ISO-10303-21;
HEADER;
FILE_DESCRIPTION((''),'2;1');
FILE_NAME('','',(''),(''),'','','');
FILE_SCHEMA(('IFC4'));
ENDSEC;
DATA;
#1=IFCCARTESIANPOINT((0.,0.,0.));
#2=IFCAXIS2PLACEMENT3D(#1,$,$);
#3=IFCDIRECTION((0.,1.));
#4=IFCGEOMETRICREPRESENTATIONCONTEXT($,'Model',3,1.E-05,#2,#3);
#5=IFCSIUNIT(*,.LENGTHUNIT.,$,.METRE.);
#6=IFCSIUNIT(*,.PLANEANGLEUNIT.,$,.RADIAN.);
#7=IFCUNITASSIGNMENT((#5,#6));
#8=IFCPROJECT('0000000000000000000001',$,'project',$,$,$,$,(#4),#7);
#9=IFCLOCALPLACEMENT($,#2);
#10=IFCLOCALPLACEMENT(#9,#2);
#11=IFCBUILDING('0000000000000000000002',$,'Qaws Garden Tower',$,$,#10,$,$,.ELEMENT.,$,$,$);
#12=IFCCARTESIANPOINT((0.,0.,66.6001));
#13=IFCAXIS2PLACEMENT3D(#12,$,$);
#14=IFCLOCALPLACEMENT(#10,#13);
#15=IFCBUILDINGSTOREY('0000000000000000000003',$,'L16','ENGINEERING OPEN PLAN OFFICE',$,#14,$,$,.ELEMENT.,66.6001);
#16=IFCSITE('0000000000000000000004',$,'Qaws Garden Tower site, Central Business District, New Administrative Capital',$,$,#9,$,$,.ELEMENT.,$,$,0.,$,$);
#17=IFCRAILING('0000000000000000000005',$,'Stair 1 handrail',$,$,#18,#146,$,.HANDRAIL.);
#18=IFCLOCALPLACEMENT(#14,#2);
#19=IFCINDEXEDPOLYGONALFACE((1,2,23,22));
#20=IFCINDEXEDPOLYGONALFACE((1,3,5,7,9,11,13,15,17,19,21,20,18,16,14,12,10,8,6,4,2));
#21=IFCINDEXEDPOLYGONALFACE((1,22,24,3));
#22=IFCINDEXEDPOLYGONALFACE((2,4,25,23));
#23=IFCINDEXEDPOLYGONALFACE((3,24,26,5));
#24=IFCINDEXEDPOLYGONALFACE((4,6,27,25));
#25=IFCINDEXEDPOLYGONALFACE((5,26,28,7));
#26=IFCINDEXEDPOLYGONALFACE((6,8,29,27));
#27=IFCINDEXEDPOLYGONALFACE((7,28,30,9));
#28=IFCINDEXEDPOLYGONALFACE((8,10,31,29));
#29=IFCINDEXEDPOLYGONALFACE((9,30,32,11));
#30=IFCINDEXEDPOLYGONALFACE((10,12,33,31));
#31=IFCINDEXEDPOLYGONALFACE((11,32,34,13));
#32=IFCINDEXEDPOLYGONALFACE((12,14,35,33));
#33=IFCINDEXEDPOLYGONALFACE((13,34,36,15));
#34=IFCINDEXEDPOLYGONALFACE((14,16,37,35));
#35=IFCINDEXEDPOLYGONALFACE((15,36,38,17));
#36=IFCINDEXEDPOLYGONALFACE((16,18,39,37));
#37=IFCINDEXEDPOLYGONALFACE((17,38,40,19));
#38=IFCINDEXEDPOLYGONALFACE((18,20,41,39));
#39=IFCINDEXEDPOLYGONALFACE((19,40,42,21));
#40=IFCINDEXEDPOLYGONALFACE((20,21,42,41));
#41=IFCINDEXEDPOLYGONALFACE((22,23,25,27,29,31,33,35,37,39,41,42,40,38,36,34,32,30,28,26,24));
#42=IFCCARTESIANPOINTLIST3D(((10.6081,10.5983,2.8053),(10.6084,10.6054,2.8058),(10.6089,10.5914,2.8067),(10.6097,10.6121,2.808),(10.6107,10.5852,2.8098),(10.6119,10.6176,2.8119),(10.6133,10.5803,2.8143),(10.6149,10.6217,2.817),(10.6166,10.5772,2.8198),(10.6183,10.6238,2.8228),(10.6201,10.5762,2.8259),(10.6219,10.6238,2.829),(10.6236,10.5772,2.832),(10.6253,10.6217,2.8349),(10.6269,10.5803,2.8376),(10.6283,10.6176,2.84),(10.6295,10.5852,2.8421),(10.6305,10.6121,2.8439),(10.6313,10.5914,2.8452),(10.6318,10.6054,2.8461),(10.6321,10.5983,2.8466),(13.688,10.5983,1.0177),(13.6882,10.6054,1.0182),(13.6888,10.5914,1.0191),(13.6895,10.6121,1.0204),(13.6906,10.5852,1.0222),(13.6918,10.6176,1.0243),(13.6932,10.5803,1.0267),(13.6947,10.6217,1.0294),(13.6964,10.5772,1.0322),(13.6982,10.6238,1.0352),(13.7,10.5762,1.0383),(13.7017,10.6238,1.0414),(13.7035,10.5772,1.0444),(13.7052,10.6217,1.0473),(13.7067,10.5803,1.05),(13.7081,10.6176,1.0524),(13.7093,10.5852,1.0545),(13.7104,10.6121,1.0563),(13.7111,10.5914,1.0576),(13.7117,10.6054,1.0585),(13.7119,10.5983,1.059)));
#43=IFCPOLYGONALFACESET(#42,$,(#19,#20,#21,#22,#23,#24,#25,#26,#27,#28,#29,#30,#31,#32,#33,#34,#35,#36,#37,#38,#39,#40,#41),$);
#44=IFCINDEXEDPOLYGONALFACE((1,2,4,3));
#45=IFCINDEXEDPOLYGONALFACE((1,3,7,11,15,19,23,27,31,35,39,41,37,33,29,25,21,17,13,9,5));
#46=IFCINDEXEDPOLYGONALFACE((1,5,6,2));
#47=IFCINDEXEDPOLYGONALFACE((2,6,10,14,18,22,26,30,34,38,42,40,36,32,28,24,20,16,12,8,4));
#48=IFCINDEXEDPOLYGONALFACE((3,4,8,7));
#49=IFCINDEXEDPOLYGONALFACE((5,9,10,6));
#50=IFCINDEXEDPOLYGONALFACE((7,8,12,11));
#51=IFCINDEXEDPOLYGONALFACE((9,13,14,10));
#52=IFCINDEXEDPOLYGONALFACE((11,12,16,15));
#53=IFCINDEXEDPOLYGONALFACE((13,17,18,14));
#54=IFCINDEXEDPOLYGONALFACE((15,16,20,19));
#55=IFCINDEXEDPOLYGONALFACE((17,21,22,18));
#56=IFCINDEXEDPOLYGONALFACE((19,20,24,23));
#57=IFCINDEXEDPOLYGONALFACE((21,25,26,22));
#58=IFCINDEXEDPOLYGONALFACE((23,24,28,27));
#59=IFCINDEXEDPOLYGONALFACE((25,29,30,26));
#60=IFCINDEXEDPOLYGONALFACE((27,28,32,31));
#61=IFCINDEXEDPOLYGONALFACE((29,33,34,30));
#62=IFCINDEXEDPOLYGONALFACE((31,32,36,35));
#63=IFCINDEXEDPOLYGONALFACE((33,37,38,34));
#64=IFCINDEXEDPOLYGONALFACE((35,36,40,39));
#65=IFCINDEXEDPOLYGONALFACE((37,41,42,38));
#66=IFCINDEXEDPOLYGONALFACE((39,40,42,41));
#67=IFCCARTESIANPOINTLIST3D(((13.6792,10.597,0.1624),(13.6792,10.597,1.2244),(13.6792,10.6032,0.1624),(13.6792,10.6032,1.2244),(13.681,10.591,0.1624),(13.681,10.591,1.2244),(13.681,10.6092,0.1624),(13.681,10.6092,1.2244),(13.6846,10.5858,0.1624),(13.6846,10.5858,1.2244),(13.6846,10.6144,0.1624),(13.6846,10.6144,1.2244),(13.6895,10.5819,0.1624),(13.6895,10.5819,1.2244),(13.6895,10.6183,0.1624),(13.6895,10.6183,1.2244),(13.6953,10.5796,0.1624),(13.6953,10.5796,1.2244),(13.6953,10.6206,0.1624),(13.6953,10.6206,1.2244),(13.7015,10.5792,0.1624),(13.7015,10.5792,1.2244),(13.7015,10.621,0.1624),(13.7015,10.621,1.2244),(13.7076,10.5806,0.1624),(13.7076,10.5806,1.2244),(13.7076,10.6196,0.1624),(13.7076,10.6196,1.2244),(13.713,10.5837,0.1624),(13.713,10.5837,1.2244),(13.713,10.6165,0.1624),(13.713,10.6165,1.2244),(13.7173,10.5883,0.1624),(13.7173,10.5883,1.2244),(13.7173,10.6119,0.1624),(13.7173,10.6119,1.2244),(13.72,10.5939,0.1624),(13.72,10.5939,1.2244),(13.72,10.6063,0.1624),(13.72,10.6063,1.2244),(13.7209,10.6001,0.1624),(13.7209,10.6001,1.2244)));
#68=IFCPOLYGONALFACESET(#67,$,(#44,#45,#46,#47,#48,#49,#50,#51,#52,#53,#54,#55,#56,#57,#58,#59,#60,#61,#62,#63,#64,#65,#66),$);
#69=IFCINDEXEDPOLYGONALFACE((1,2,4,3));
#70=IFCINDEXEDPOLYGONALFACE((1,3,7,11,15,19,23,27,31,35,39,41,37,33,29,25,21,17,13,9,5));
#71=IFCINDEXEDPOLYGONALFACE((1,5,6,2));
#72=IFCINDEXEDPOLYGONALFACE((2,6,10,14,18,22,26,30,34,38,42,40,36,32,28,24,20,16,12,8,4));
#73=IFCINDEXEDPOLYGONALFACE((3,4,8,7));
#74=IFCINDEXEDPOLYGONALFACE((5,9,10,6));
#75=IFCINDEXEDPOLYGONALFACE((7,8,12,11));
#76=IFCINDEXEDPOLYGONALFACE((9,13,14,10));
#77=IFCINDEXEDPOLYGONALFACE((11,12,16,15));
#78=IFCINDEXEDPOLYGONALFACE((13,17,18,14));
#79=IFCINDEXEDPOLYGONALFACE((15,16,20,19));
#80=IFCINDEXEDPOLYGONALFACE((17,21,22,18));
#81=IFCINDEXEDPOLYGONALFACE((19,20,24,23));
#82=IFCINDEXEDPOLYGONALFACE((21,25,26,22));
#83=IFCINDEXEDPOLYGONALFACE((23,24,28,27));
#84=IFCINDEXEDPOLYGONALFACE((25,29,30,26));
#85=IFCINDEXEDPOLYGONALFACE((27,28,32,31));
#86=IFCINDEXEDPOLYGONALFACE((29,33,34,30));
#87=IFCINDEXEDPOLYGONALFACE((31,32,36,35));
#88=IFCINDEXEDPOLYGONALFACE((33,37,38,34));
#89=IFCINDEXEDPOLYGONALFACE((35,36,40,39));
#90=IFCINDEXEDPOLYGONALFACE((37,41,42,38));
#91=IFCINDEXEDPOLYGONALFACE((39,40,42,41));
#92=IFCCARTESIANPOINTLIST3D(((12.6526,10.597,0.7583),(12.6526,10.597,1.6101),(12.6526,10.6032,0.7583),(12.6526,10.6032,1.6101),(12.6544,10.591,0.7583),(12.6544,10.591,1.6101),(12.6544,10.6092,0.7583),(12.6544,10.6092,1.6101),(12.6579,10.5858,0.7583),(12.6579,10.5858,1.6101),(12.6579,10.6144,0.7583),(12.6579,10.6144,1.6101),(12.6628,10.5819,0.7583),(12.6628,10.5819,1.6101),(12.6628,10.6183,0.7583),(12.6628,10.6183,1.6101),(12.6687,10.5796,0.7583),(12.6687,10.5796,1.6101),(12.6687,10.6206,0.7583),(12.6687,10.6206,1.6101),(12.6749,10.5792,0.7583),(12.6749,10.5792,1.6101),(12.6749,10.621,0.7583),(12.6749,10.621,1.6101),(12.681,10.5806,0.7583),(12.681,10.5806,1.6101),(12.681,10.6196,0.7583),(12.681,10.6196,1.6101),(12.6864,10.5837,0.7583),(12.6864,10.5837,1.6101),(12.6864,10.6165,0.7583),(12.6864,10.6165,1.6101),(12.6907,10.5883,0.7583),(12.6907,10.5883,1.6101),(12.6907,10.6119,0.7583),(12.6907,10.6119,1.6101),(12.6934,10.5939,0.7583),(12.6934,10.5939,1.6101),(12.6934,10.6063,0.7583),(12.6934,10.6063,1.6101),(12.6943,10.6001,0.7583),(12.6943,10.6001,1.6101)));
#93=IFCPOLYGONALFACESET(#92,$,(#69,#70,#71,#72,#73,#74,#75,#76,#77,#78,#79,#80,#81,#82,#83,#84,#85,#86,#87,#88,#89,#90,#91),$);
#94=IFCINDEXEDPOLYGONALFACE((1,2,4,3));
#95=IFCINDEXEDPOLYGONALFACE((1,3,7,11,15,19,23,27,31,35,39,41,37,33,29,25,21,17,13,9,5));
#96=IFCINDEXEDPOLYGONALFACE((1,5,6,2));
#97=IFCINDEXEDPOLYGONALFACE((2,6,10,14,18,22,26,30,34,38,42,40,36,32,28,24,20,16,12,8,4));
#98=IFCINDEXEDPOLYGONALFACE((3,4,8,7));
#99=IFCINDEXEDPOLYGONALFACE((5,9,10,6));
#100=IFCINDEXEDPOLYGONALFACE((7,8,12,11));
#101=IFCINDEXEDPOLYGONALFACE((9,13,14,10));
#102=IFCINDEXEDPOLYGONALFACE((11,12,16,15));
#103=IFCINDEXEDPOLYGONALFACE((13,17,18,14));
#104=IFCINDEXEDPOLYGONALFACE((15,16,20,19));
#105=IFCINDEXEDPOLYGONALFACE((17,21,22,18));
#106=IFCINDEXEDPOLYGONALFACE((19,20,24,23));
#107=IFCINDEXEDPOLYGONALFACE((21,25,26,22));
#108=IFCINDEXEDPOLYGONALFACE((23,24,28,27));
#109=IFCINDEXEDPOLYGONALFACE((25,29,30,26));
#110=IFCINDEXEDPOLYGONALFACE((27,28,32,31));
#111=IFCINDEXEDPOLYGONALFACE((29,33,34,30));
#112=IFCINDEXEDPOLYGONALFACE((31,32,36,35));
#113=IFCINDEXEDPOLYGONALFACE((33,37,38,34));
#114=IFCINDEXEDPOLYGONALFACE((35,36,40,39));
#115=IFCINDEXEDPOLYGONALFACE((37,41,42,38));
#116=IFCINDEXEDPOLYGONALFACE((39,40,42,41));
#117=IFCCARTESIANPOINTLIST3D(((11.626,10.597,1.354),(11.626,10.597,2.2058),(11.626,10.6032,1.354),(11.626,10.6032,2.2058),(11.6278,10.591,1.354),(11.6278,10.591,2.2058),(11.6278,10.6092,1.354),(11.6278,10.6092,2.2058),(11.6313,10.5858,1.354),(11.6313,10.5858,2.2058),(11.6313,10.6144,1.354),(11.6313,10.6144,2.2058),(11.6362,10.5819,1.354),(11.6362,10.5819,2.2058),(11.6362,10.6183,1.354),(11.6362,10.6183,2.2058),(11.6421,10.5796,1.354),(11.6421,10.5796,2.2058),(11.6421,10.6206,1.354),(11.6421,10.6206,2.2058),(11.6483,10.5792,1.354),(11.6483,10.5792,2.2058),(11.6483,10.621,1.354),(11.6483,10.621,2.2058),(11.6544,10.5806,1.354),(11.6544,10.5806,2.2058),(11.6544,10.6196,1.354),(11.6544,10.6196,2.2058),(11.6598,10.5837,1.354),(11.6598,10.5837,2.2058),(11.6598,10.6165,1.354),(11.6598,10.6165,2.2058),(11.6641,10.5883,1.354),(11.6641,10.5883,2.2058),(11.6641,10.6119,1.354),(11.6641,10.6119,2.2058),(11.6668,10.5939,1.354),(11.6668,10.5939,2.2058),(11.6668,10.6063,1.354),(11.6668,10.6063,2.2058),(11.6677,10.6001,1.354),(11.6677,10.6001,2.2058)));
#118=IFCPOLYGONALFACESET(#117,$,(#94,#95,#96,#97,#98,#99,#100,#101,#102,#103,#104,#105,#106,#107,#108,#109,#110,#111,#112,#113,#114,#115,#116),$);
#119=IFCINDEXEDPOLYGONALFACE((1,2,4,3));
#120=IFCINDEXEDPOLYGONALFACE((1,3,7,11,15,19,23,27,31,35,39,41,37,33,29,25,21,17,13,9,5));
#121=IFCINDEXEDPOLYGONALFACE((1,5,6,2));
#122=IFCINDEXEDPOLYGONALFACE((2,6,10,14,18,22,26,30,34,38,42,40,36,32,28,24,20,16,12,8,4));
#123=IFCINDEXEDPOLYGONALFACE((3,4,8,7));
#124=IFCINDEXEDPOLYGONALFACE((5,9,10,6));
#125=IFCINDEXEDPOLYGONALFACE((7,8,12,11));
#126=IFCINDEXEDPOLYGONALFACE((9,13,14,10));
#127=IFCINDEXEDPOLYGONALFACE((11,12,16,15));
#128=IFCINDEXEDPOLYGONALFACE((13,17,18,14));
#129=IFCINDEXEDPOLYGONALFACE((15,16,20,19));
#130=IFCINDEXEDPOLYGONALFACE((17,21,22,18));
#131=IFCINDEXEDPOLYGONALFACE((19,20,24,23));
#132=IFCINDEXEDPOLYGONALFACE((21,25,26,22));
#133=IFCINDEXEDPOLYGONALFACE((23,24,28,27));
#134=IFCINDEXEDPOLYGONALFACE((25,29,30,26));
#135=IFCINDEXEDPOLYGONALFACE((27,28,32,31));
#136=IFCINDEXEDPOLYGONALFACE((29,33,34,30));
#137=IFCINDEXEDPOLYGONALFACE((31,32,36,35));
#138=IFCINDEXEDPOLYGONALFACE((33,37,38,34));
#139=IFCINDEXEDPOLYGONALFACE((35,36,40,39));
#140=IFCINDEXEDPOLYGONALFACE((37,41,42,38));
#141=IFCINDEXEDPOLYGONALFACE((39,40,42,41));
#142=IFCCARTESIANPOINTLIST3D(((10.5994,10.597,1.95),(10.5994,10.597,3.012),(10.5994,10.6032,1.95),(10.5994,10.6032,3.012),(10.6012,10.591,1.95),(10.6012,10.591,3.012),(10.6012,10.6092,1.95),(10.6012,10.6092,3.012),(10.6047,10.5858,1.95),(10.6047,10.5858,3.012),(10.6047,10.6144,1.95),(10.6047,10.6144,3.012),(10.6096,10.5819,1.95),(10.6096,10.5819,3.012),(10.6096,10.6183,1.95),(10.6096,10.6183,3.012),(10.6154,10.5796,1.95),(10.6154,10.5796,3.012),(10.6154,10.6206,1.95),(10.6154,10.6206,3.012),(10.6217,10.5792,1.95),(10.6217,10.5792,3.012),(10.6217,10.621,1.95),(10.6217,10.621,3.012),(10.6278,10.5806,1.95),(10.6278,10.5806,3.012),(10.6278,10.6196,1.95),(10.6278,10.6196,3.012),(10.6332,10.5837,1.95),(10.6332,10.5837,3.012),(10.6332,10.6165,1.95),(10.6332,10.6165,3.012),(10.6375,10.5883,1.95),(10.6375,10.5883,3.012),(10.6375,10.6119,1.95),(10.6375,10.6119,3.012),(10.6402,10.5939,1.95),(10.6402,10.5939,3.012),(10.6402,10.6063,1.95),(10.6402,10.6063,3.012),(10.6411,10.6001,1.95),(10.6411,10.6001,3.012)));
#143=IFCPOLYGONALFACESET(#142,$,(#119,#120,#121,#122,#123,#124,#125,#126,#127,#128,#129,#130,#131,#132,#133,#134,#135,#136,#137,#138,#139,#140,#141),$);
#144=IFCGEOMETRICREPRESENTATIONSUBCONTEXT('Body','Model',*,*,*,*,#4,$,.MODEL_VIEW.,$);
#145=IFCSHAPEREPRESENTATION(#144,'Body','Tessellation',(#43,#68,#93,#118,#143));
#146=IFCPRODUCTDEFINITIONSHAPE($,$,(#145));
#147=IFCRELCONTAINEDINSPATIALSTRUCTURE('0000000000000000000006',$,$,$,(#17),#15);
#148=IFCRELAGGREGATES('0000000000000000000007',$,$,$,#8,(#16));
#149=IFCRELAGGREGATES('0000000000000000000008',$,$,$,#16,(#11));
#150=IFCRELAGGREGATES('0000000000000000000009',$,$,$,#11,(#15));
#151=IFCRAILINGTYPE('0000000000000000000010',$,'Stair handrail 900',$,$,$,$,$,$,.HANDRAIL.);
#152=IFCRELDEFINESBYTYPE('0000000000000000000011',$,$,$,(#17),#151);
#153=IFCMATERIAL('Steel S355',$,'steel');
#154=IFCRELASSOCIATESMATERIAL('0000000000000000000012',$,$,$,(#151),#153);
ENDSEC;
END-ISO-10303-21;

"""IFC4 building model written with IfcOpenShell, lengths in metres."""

from ifc_helpers import new_model, si_unit, direction, frame, origin, origin_2d, place, context, subcontext, project, spatial, circle, extrude, material, type_object, element, save


model = new_model("IFC4")

# Units and contexts
model_context = context("Model", 3, precision=1e-05, world=origin(), true_north=direction((0.0, 1.0)))
body_context = subcontext(model_context, "Body", "Model", "MODEL_VIEW")
ifc_project = project(units=[si_unit("LENGTHUNIT", "METRE"), si_unit("PLANEANGLEUNIT", "RADIAN")], contexts=[model_context])

# Site, building, storey
site_placement = place(None, origin())
site = spatial("IfcSite", under=ifc_project, at=site_placement, Name="Qaws Garden Tower site, Central Business District, New Administrative Capital", CompositionType="ELEMENT", RefElevation=0.0)
building_placement = place(site_placement, origin())
building = spatial("IfcBuilding", under=site, at=building_placement, Name="Qaws Garden Tower", CompositionType="ELEMENT")
storey_placement = place(building_placement, frame((0.0, 0.0, 66.6001)))
storey = spatial("IfcBuildingStorey", under=building, at=storey_placement, Name="L16", Description="ENGINEERING OPEN PLAN OFFICE", CompositionType="ELEMENT", Elevation=66.6001)

# Railing
ifc_material_1 = material(Name="Steel S355", Category="steel")
railing_type = type_object("IfcRailingType", Name="Stair handrail 900", PredefinedType="HANDRAIL", material=ifc_material_1)
railing_placement = place(storey_placement, frame((13.7, 10.6001, 0.1624)))
element("IfcRailing", 1, at=railing_placement, inside=storey, type_object=railing_type, Name="Stair 1 handrail", PredefinedType="HANDRAIL", context=body_context, shape_type="SweptSolid", body=[
    extrude(circle(Radius=0.0239, at=origin_2d()), frame((0.0, 0.0, 0.876), z_axis=(-0.864873, 0.0, 0.50199), x_axis=(0.0, -1.0, 0.0)), (0.0, 0.0, 1.0), 3.561),
    extrude(circle(Radius=0.021, at=origin_2d()), origin(), (0.0, 0.0, 1.0), 1.062),
    extrude(circle(Radius=0.021, at=origin_2d()), frame((-1.0266, 0.0, 0.5959)), (0.0, 0.0, 1.0), 0.8518),
    extrude(circle(Radius=0.021, at=origin_2d()), frame((-2.0532, 0.0, 1.1917)), (0.0, 0.0, 1.0), 0.8518),
    extrude(circle(Radius=0.021, at=origin_2d()), frame((-3.0798, 0.0, 1.7876)), (0.0, 0.0, 1.0), 1.062),
])

save(model, "model.ifc")
